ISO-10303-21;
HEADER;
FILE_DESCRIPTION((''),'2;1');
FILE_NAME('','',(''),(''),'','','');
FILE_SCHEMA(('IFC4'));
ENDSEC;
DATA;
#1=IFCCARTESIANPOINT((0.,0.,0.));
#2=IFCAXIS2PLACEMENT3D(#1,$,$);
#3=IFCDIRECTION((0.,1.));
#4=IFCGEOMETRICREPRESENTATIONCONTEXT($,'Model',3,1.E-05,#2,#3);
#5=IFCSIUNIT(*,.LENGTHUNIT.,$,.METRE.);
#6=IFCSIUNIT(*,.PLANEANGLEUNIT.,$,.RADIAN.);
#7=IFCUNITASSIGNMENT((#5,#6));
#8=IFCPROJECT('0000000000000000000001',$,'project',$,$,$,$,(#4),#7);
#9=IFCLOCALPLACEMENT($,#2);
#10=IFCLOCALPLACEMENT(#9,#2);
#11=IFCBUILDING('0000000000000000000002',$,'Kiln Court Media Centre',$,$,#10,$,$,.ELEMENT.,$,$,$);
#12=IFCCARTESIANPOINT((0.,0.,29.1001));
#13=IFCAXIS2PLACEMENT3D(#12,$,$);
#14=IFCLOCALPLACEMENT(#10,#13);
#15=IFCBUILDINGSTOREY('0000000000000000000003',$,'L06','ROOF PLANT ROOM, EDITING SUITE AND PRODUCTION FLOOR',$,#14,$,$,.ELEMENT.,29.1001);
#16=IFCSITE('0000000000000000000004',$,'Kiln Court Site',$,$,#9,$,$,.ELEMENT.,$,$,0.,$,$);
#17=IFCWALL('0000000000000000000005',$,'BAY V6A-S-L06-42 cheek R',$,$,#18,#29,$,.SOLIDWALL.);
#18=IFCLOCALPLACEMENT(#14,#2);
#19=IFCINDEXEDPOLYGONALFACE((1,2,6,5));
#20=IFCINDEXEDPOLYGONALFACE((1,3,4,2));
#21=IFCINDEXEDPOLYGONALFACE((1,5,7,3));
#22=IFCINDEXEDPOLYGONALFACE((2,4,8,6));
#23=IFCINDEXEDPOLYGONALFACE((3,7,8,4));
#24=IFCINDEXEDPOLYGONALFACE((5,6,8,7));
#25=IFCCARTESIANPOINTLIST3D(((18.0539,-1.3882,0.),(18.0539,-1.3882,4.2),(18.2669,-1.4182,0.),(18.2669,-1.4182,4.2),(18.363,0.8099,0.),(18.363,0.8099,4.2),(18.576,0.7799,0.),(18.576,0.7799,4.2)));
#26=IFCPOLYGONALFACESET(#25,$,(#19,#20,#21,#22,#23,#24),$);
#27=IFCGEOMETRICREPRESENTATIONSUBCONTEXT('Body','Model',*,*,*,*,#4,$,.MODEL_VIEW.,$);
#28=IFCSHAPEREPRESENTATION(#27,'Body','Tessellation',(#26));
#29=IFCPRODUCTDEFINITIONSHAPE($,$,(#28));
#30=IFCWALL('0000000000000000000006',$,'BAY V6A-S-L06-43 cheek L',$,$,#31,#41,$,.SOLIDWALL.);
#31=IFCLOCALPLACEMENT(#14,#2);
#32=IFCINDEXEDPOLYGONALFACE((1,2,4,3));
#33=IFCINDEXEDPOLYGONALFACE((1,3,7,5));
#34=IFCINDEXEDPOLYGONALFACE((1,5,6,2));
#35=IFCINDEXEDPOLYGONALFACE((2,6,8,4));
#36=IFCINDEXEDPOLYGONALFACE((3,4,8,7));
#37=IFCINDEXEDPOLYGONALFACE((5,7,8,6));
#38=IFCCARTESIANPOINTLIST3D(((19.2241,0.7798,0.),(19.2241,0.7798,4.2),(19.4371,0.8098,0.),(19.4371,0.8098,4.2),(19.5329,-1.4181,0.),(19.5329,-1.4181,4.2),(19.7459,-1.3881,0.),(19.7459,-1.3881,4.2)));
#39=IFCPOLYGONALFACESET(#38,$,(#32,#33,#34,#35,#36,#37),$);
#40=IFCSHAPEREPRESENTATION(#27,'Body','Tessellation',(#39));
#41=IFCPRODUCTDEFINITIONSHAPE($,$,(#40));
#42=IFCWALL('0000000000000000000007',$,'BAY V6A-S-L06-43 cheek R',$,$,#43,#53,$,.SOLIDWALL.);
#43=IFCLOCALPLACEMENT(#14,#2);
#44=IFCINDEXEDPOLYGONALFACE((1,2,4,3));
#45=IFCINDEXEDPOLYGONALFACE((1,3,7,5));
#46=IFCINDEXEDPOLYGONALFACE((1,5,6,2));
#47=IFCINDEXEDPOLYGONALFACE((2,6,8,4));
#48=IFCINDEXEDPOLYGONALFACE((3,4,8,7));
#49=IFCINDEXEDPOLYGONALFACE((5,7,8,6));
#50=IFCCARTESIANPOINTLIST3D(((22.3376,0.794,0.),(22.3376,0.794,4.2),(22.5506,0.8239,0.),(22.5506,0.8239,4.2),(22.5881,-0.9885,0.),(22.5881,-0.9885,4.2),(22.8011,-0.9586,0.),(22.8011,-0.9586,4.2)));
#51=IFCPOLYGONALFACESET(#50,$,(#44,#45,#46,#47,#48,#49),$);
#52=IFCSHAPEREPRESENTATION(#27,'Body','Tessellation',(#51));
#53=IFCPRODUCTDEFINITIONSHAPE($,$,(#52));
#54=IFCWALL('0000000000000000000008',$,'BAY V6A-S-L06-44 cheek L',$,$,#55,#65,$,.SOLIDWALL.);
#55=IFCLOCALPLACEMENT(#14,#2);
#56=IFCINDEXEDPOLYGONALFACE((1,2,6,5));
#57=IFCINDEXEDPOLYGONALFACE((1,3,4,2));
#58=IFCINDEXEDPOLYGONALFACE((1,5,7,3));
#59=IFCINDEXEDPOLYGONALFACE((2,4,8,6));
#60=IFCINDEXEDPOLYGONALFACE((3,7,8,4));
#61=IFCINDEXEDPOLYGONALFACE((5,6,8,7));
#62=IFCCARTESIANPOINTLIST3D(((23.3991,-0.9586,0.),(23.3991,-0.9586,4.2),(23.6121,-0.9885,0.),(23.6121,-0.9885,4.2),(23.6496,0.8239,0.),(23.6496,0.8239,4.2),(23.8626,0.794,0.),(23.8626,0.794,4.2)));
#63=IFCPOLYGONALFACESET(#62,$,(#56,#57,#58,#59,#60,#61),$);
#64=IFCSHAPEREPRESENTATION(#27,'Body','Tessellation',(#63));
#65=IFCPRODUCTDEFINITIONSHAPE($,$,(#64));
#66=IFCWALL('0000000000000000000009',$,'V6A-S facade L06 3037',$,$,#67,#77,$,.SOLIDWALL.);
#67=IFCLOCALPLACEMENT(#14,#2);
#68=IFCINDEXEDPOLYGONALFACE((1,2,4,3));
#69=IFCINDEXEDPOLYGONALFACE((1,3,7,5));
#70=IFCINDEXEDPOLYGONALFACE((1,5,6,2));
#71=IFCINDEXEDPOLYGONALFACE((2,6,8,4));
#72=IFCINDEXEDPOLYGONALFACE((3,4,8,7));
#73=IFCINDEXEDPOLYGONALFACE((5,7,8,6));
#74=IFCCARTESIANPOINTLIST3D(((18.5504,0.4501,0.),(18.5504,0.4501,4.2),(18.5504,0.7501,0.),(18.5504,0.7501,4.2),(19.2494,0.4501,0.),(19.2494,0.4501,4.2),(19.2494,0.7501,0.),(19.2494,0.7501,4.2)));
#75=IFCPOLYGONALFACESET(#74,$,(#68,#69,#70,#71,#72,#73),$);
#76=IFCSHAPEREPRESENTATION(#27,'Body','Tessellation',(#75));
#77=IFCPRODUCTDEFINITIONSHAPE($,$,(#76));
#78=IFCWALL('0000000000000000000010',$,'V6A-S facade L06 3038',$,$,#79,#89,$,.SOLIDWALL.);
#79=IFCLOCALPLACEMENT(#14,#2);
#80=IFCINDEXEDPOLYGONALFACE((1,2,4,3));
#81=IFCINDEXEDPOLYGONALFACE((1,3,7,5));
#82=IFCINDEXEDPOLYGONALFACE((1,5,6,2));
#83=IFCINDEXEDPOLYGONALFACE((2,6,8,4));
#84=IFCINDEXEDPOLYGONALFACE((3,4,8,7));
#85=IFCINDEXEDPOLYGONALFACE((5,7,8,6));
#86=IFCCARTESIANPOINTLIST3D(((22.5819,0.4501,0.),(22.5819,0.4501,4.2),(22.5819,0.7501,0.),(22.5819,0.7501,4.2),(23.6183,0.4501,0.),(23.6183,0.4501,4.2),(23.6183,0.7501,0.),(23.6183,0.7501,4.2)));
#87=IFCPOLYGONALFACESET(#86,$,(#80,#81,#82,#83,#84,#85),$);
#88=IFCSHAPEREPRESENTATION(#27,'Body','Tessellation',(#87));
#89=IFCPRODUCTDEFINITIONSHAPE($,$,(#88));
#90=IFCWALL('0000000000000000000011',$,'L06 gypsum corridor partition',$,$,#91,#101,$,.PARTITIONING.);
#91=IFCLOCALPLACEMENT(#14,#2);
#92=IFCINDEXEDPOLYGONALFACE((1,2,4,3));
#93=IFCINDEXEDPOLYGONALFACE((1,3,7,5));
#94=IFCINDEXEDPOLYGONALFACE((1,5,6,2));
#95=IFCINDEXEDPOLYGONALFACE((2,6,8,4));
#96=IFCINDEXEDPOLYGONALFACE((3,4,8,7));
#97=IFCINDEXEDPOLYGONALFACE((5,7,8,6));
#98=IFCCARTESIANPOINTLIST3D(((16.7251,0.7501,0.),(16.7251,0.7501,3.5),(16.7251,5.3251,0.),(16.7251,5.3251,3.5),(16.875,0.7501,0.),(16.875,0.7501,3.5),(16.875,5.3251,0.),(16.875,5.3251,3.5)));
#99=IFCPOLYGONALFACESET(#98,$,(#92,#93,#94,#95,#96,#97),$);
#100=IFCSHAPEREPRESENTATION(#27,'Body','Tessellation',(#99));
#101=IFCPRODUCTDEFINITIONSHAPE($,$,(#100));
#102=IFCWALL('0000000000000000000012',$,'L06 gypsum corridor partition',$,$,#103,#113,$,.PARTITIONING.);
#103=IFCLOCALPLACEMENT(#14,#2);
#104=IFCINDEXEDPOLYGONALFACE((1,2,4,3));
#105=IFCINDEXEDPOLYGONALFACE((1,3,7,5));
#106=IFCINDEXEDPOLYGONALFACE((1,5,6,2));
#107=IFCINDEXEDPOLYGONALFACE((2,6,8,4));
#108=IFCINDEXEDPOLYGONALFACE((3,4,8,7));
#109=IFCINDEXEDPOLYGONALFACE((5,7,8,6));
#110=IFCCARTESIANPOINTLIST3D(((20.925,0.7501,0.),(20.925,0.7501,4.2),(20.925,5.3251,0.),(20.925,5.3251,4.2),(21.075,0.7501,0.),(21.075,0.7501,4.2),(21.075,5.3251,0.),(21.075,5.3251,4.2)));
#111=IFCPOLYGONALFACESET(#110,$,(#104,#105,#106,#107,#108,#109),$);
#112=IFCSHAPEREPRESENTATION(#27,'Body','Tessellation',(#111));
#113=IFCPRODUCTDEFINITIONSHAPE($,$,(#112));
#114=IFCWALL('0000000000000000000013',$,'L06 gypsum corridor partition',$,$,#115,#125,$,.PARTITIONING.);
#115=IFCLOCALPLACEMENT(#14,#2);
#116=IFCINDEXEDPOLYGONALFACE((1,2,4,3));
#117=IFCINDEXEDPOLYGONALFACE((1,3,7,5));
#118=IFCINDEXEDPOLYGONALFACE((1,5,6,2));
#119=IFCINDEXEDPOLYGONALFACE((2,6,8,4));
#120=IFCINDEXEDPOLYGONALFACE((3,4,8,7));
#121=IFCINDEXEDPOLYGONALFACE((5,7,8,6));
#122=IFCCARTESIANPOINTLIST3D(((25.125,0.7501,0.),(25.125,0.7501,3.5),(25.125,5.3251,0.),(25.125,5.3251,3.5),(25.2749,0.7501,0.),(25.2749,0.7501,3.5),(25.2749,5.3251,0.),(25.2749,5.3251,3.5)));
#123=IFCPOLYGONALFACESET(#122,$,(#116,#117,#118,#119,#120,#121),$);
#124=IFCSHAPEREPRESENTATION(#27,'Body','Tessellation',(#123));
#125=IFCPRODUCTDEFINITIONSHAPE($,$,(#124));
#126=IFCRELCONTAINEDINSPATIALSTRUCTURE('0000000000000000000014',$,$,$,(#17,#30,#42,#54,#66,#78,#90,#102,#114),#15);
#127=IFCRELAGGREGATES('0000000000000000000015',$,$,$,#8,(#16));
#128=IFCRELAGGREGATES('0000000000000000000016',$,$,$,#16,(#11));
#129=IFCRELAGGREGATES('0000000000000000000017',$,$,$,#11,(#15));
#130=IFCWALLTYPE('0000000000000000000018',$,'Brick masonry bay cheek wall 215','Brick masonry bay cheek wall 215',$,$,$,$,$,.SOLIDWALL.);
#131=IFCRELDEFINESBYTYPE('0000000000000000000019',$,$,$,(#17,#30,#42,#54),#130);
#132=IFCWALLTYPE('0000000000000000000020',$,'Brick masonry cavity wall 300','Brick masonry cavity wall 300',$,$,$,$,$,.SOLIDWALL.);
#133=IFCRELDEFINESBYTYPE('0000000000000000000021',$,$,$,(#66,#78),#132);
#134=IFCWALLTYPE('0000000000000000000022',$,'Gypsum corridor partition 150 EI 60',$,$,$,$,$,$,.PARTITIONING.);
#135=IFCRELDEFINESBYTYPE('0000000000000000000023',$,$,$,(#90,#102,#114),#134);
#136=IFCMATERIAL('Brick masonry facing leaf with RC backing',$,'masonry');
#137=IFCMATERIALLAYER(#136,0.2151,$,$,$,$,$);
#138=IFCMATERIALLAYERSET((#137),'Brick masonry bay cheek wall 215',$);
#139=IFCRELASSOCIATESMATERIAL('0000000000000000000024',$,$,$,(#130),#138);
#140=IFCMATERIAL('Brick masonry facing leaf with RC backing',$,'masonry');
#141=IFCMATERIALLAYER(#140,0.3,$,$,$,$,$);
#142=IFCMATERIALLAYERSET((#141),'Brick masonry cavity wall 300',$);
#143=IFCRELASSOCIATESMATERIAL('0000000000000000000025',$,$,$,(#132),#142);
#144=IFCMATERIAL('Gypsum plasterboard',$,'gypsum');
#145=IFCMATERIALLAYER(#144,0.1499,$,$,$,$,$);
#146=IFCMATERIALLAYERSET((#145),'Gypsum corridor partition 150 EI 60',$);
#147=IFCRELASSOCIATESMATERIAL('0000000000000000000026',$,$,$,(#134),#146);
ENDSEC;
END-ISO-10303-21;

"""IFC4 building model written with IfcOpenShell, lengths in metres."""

from ifc_helpers import new_model, si_unit, direction, frame, frame_2d, origin, place, context, subcontext, project, spatial, rectangle, extrude, material, layer, layer_set, type_object, element, save


model = new_model("IFC4")

# Units and contexts
model_context = context("Model", 3, precision=1e-05, world=origin(), true_north=direction((0.0, 1.0)))
body_context = subcontext(model_context, "Body", "Model", "MODEL_VIEW")
ifc_project = project(units=[si_unit("LENGTHUNIT", "METRE"), si_unit("PLANEANGLEUNIT", "RADIAN")], contexts=[model_context])

# Site, building, storey
site_placement = place(None, origin())
site = spatial("IfcSite", under=ifc_project, at=site_placement, Name="Kiln Court Site", CompositionType="ELEMENT", RefElevation=0.0)
building_placement = place(site_placement, origin())
building = spatial("IfcBuilding", under=site, at=building_placement, Name="Kiln Court Media Centre", CompositionType="ELEMENT")
storey_placement = place(building_placement, frame((0.0, 0.0, 29.1001)))
storey = spatial("IfcBuildingStorey", under=building, at=storey_placement, Name="L06", Description="ROOF PLANT ROOM, EDITING SUITE AND PRODUCTION FLOOR", CompositionType="ELEMENT", Elevation=29.1001)

# Walls
ifc_material_1 = material(Name="Brick masonry facing leaf with RC backing", Category="masonry")
ifc_layer_1 = layer(ifc_material_1, 0.2151)
ifc_layer_set_1 = layer_set([ifc_layer_1], Name="Brick masonry bay cheek wall 215")
wall_type_1 = type_object("IfcWallType", Name="Brick masonry bay cheek wall 215", Description="Brick masonry bay cheek wall 215", PredefinedType="SOLIDWALL", material=ifc_layer_set_1)
wall_1_placement = place(storey_placement, frame((18.4695, 0.7949, 0.0), z_axis=(0.0, 0.0, 1.0), x_axis=(-0.13925, -0.990257, 0.0)))
element("IfcWall", 1, at=wall_1_placement, inside=storey, type_object=wall_type_1, Name="BAY V6A-S-L06-42 cheek R", PredefinedType="SOLIDWALL", context=body_context, shape_type="SweptSolid", body=[
    extrude(rectangle(XDim=2.2197, YDim=0.2151, at=frame_2d((1.1099, 0.0))), origin(), (0.0, 0.0, 1.0), 4.2),
])
wall_2_placement = place(storey_placement, frame((19.3306, 0.7949, 0.0), z_axis=(0.0, 0.0, 1.0), x_axis=(0.139142, -0.990272, 0.0)))
element("IfcWall", 2, at=wall_2_placement, inside=storey, type_object=wall_type_1, Name="BAY V6A-S-L06-43 cheek L", PredefinedType="SOLIDWALL", context=body_context, shape_type="SweptSolid", body=[
    extrude(rectangle(XDim=2.2195, YDim=0.2151, at=frame_2d((1.1099, 0.0))), origin(), (0.0, 0.0, 1.0), 4.2),
])
for number, where, z_axis, x_axis, name in (
    (3, (22.4441, 0.8088, 0.0), (0.0, 0.0, 1.0), (0.139161, -0.99027, 0.0), "BAY V6A-S-L06-43 cheek R"),
    (4, (23.7561, 0.8088, 0.0), (0.0, 0.0, 1.0), (-0.139161, -0.99027, 0.0), "BAY V6A-S-L06-44 cheek L"),
):
    element("IfcWall", number, at=place(storey_placement, frame(where, z_axis=z_axis, x_axis=x_axis)), inside=storey, type_object=wall_type_1, Name=name, PredefinedType="SOLIDWALL", context=body_context, shape_type="SweptSolid", body=[
        extrude(rectangle(XDim=1.8, YDim=0.2151, at=frame_2d((0.8999, 0.0))), origin(), (0.0, 0.0, 1.0), 4.2),
    ])
ifc_material_2 = material(Name="Brick masonry facing leaf with RC backing", Category="masonry")
ifc_layer_2 = layer(ifc_material_2, 0.3)
ifc_layer_set_2 = layer_set([ifc_layer_2], Name="Brick masonry cavity wall 300")
wall_type_2 = type_object("IfcWallType", Name="Brick masonry cavity wall 300", Description="Brick masonry cavity wall 300", PredefinedType="SOLIDWALL", material=ifc_layer_set_2)
wall_3_placement = place(storey_placement, frame((19.2495, 0.6001, 0.0), z_axis=(0.0, 0.0, 1.0), x_axis=(-1.0, 0.0, 0.0)))
element("IfcWall", 5, at=wall_3_placement, inside=storey, type_object=wall_type_2, Name="V6A-S facade L06 3037", PredefinedType="SOLIDWALL", context=body_context, shape_type="SweptSolid", body=[
    extrude(rectangle(XDim=0.699, YDim=0.3, at=frame_2d((0.3496, 0.0))), origin(), (0.0, 0.0, 1.0), 4.2),
])
wall_4_placement = place(storey_placement, frame((23.6182, 0.6001, 0.0), z_axis=(0.0, 0.0, 1.0), x_axis=(-1.0, 0.0, 0.0)))
element("IfcWall", 6, at=wall_4_placement, inside=storey, type_object=wall_type_2, Name="V6A-S facade L06 3038", PredefinedType="SOLIDWALL", context=body_context, shape_type="SweptSolid", body=[
    extrude(rectangle(XDim=1.0364, YDim=0.3, at=frame_2d((0.5181, 0.0))), origin(), (0.0, 0.0, 1.0), 4.2),
])
ifc_material_3 = material(Name="Gypsum plasterboard", Category="gypsum")
ifc_layer_3 = layer(ifc_material_3, 0.1499)
ifc_layer_set_3 = layer_set([ifc_layer_3], Name="Gypsum corridor partition 150 EI 60")
wall_type_3 = type_object("IfcWallType", Name="Gypsum corridor partition 150 EI 60", PredefinedType="PARTITIONING", material=ifc_layer_set_3)
wall_5_placement = place(storey_placement, frame((16.8, 0.75, 0.0), z_axis=(0.0, 0.0, 1.0), x_axis=(0.0, 1.0, 0.0)))
element("IfcWall", 7, at=wall_5_placement, inside=storey, type_object=wall_type_3, Name="L06 gypsum corridor partition", PredefinedType="PARTITIONING", context=body_context, shape_type="SweptSolid", body=[
    extrude(rectangle(XDim=4.575, YDim=0.1499, at=frame_2d((2.2876, 0.0))), origin(), (0.0, 0.0, 1.0), 3.5),
])
wall_6_placement = place(storey_placement, frame((21.0, 0.75, 0.0), z_axis=(0.0, 0.0, 1.0), x_axis=(0.0, 1.0, 0.0)))
element("IfcWall", 8, at=wall_6_placement, inside=storey, type_object=wall_type_3, Name="L06 gypsum corridor partition", PredefinedType="PARTITIONING", context=body_context, shape_type="SweptSolid", body=[
    extrude(rectangle(XDim=4.575, YDim=0.1499, at=frame_2d((2.2876, 0.0))), origin(), (0.0, 0.0, 1.0), 4.2),
])
wall_7_placement = place(storey_placement, frame((25.2, 0.75, 0.0), z_axis=(0.0, 0.0, 1.0), x_axis=(0.0, 1.0, 0.0)))
element("IfcWall", 9, at=wall_7_placement, inside=storey, type_object=wall_type_3, Name="L06 gypsum corridor partition", PredefinedType="PARTITIONING", context=body_context, shape_type="SweptSolid", body=[
    extrude(rectangle(XDim=4.575, YDim=0.1499, at=frame_2d((2.2876, 0.0))), origin(), (0.0, 0.0, 1.0), 3.5),
])

save(model, "model.ifc")
